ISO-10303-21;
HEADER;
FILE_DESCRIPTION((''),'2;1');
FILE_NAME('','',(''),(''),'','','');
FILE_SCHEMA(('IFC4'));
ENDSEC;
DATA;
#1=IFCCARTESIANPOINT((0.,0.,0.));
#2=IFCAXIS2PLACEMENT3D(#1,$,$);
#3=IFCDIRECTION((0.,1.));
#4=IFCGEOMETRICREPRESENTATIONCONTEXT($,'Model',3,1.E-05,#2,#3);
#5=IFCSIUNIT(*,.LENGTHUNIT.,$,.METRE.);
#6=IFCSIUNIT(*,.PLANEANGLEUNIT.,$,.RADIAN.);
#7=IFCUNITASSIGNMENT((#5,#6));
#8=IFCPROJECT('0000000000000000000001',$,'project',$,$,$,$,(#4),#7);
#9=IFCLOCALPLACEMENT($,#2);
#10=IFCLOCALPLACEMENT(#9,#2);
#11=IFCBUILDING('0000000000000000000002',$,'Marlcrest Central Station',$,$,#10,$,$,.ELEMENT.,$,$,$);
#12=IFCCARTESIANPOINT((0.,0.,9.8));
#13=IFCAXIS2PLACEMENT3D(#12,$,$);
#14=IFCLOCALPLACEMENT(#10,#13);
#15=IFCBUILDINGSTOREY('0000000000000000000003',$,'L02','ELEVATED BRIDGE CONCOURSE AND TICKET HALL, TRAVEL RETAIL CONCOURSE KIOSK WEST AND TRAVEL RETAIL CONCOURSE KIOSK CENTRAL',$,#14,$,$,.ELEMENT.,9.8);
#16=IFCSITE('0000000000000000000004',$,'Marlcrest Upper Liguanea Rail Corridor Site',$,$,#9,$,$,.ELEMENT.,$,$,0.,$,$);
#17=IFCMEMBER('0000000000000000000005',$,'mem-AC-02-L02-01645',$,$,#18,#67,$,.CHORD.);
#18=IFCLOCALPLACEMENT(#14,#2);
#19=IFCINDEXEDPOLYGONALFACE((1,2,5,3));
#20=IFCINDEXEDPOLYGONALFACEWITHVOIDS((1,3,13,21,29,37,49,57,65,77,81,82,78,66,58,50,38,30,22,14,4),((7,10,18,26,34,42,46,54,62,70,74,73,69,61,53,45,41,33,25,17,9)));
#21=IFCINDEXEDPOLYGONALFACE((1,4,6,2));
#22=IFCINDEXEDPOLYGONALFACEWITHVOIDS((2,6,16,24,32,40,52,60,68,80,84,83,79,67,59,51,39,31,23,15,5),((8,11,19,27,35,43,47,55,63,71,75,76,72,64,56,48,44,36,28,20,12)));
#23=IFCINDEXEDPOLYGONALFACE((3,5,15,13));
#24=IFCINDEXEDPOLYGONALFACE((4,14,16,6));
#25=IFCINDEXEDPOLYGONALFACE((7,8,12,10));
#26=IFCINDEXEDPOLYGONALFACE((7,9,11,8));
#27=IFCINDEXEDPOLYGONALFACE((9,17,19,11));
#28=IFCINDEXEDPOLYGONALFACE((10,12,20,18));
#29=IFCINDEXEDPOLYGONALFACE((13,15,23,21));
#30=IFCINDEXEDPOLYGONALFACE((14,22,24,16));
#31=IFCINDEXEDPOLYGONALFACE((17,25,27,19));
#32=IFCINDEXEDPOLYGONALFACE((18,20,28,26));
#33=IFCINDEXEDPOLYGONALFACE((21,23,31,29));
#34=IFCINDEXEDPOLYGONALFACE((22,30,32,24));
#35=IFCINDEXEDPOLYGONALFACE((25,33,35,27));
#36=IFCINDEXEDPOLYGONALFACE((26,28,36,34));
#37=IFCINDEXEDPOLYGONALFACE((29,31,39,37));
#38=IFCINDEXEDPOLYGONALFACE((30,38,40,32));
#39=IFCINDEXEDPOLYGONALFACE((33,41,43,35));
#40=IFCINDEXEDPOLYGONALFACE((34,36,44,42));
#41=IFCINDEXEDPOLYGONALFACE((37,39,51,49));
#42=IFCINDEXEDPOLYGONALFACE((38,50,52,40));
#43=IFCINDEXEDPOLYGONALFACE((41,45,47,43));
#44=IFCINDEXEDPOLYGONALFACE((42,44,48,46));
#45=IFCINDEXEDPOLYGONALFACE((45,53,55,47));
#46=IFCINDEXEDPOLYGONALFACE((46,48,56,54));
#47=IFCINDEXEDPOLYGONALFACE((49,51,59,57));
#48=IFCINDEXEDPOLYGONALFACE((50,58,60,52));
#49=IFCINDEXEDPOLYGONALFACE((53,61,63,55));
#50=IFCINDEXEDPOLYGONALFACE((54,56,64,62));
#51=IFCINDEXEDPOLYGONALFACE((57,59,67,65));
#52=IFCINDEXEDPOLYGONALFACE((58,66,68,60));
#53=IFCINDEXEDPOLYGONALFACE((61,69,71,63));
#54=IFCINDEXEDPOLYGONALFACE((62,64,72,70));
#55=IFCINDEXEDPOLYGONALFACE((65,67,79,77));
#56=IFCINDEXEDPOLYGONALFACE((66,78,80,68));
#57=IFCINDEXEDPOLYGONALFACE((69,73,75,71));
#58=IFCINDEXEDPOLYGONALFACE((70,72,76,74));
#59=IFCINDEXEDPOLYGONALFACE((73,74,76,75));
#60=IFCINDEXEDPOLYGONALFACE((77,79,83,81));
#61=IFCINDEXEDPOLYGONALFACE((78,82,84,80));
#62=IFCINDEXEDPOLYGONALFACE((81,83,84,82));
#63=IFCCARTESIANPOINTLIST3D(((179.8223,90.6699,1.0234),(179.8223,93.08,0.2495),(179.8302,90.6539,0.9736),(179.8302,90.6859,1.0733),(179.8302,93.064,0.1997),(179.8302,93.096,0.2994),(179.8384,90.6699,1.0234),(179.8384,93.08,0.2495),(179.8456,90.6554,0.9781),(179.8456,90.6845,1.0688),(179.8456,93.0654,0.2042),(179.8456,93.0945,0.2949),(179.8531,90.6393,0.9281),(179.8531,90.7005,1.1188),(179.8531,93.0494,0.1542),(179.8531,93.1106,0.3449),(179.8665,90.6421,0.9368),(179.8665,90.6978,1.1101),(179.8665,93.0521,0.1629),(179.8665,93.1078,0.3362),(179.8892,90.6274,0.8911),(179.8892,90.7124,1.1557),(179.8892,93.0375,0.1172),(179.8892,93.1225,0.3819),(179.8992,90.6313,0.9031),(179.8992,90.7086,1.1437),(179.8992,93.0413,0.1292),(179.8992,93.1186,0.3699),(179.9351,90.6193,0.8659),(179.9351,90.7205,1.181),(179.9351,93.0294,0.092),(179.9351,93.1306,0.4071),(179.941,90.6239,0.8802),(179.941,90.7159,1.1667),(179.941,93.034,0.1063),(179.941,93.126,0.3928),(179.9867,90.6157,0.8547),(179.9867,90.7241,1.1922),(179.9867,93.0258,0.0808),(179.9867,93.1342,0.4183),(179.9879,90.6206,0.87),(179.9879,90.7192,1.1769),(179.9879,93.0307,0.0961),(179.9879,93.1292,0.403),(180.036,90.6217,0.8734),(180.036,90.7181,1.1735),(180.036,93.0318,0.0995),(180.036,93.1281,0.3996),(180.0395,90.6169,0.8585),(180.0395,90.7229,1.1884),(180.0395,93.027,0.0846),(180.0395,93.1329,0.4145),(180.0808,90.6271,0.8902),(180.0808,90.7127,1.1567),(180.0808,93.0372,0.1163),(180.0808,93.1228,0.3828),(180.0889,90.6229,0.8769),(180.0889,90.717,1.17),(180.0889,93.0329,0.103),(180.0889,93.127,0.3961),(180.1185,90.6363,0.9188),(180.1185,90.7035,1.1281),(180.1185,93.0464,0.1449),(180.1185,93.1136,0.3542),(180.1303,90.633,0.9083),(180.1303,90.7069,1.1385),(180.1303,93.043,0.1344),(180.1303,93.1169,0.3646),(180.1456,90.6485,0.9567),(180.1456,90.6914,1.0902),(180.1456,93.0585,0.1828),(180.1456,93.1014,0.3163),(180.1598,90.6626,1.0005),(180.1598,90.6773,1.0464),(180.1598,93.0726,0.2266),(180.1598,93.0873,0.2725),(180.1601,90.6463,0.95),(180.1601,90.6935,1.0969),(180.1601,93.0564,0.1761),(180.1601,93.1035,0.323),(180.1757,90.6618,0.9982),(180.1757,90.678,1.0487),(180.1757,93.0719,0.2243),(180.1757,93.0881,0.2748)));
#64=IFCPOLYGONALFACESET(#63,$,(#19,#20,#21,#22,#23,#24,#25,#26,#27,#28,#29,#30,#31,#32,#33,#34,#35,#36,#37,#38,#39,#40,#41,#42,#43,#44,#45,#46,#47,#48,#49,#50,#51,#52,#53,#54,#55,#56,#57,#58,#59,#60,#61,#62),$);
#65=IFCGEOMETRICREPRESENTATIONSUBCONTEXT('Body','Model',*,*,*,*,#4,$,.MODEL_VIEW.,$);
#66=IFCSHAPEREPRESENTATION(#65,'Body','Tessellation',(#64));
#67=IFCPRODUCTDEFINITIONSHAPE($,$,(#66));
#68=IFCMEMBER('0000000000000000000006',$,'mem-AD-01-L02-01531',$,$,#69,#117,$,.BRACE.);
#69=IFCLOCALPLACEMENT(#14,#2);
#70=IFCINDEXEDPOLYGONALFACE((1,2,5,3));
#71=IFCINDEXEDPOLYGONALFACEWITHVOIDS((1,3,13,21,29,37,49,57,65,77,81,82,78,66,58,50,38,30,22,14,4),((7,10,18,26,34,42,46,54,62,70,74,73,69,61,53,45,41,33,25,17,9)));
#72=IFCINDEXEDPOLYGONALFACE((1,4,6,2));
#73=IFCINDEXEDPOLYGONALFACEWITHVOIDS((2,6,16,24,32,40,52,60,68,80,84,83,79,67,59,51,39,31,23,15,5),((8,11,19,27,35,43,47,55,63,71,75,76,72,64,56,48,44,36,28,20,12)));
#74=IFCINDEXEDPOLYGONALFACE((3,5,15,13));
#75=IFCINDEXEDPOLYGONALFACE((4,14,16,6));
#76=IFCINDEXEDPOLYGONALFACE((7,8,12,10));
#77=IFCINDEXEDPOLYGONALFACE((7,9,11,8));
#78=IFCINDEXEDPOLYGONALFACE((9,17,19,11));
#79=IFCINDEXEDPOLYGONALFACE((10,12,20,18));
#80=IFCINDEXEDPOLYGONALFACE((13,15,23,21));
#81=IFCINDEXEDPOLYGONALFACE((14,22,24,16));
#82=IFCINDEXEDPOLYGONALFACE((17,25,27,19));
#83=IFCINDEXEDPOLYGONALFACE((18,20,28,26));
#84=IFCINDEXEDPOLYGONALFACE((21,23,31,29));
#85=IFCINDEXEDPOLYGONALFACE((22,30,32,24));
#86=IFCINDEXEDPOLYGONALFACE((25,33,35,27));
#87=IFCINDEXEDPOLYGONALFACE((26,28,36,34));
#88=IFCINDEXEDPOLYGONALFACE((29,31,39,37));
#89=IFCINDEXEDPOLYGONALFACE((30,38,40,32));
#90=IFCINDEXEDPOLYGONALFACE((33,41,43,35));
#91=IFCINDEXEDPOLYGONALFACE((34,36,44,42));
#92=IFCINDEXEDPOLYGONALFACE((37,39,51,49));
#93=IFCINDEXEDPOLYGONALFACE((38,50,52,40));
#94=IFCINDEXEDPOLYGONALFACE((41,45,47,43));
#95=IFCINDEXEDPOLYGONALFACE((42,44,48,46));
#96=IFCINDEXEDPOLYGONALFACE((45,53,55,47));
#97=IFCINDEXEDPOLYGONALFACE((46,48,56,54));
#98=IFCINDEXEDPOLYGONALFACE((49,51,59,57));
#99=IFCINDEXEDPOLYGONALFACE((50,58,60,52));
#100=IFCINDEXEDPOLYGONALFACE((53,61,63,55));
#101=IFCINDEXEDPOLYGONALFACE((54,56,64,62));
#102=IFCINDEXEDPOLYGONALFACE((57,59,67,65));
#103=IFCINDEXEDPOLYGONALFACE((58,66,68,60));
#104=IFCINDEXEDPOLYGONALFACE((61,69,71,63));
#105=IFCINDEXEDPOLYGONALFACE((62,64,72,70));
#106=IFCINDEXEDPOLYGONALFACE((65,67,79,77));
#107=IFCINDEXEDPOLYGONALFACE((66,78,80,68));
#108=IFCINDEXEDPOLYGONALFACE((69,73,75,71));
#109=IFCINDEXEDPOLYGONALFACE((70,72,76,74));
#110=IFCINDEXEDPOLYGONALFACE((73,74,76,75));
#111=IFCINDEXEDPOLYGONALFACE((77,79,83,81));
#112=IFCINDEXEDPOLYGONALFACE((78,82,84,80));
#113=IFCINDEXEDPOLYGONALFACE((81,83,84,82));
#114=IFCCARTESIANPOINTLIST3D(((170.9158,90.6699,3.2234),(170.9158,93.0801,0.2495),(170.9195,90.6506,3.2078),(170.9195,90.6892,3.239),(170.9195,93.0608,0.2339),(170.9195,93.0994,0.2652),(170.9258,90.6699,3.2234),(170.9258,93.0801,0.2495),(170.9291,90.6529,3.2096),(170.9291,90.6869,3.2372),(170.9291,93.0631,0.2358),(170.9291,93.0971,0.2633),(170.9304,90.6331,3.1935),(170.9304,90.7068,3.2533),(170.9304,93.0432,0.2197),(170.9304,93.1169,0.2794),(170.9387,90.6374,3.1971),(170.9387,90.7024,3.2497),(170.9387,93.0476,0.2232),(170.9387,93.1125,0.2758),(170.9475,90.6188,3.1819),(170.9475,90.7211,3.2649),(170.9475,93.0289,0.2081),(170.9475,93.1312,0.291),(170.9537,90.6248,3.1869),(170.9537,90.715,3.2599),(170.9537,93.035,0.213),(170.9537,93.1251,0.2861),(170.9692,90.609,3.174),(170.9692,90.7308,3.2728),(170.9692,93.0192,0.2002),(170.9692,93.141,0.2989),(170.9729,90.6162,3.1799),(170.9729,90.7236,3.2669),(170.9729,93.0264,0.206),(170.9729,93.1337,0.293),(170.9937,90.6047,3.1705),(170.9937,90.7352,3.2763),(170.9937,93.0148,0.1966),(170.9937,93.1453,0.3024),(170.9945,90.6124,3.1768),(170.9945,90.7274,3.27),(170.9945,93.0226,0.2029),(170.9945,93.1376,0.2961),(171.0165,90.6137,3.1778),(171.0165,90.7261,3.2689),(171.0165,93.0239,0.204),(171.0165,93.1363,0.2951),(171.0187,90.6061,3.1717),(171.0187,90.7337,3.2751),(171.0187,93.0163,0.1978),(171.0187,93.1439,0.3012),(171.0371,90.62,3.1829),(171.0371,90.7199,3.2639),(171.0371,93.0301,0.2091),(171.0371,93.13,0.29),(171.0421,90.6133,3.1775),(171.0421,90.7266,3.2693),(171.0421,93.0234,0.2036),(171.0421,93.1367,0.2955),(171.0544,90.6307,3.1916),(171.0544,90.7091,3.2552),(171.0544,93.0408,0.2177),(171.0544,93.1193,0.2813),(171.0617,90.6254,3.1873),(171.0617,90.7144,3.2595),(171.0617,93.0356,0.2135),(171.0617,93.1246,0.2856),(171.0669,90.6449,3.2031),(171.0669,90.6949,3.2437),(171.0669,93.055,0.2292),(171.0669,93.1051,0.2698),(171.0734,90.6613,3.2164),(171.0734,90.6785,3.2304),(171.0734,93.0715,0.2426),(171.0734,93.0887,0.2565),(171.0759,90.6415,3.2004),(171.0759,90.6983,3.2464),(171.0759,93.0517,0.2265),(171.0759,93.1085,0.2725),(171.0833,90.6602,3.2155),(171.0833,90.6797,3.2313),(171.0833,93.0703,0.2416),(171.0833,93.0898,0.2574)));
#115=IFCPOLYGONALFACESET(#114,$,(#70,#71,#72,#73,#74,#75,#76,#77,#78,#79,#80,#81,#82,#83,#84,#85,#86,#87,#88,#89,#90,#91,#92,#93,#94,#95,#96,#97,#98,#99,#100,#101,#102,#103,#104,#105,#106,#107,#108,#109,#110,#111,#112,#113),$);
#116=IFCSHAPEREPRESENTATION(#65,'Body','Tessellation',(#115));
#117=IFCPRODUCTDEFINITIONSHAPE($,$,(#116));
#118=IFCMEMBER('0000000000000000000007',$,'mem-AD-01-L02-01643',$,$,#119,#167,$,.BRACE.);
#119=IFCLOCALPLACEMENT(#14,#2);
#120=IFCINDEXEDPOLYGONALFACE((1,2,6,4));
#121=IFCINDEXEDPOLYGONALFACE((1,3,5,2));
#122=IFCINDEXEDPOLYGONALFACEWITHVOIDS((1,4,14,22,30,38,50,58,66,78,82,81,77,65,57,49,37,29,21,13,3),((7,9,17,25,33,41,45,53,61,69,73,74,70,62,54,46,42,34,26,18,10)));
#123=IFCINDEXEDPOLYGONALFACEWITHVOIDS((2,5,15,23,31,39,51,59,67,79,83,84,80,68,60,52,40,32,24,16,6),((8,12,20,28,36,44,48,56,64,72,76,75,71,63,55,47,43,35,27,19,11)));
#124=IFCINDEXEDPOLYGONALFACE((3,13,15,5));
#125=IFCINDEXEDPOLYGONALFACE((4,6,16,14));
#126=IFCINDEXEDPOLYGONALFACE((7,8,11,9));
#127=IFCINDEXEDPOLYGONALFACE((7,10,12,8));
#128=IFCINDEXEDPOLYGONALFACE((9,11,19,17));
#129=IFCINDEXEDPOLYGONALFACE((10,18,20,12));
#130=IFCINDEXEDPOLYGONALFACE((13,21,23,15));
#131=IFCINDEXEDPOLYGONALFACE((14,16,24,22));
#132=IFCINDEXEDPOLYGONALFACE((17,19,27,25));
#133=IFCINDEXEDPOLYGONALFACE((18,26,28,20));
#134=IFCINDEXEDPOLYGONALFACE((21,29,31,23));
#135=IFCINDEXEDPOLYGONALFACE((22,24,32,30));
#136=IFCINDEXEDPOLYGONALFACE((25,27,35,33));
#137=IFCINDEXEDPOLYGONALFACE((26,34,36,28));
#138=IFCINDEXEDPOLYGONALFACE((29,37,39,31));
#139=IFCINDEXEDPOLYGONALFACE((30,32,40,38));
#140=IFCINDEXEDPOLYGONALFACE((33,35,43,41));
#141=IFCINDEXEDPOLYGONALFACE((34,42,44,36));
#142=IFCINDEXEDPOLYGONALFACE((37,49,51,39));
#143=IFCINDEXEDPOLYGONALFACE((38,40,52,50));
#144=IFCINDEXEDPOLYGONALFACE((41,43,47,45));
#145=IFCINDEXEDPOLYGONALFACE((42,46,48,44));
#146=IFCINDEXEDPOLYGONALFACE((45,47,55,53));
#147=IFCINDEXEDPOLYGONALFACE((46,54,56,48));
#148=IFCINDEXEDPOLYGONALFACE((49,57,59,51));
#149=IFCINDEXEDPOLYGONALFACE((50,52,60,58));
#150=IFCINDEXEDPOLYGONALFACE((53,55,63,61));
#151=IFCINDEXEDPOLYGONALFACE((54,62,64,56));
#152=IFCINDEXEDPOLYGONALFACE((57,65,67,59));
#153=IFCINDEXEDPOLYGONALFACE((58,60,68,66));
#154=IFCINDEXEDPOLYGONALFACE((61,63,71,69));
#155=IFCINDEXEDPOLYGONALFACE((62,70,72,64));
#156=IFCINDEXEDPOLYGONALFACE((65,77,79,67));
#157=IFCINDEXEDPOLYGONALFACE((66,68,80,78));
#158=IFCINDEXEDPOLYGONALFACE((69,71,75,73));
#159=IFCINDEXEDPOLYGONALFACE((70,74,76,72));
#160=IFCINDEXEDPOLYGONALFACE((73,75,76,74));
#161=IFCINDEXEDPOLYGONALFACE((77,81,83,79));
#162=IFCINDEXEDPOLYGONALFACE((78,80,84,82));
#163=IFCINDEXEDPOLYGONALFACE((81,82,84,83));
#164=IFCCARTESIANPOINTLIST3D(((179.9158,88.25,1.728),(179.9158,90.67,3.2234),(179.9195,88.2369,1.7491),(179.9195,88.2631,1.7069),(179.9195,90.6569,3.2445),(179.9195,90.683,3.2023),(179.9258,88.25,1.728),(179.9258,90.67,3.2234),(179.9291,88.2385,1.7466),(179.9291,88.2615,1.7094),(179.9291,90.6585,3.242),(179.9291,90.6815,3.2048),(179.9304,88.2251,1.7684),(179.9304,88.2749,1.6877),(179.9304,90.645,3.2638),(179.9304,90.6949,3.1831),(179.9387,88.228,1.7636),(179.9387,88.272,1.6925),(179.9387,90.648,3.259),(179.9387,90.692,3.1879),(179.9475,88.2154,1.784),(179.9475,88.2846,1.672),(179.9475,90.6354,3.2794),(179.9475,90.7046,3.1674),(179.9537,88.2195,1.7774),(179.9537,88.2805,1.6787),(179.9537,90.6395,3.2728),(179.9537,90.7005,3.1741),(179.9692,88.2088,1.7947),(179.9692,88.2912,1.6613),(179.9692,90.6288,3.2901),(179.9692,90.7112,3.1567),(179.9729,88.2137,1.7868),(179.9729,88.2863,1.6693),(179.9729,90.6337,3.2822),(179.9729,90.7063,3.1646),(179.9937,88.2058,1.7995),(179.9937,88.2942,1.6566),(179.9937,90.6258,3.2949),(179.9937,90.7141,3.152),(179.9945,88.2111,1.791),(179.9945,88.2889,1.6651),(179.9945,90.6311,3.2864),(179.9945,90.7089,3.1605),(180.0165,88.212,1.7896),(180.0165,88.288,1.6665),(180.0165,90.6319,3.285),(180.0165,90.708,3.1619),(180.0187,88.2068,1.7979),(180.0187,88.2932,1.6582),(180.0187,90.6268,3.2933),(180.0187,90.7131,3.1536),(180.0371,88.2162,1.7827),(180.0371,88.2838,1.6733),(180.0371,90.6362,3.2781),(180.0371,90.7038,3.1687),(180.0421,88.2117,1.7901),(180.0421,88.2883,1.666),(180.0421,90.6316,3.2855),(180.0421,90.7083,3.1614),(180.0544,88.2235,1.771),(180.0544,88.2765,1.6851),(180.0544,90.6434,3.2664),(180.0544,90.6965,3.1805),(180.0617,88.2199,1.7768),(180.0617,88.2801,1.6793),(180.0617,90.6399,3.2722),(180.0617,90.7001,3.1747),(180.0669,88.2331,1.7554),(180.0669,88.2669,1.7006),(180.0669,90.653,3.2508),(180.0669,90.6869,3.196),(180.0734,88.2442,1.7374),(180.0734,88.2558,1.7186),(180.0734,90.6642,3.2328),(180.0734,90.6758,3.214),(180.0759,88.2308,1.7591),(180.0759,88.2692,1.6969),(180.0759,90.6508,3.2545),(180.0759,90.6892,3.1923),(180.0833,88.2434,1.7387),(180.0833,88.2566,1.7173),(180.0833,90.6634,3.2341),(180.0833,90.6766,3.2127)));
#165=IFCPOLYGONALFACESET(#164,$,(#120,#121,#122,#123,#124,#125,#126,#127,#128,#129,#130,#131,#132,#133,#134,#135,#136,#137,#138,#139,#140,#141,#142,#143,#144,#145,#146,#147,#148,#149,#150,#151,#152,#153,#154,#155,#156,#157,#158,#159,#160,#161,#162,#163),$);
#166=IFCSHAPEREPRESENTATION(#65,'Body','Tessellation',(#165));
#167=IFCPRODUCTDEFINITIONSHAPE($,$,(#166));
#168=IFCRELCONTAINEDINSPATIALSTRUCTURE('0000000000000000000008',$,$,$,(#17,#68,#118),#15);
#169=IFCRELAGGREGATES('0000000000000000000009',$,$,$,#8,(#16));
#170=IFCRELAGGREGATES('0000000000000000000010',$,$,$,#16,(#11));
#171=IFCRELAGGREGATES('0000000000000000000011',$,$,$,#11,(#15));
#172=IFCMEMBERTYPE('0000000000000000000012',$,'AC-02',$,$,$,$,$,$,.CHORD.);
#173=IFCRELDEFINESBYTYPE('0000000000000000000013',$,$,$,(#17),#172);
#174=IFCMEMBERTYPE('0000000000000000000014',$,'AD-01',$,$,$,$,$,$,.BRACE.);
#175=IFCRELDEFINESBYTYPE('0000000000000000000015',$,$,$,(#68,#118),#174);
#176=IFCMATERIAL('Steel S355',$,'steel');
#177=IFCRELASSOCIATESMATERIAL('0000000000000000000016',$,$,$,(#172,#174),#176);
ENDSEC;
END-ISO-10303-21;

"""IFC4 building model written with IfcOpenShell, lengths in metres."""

from ifc_helpers import new_model, si_unit, direction, frame, origin, origin_2d, place, context, subcontext, project, spatial, hollow_circle, extrude, material, material_profile, profile_set, type_object, element, save


model = new_model("IFC4")

# Units and contexts
model_context = context("Model", 3, precision=1e-05, world=origin(), true_north=direction((0.0, 1.0)))
body_context = subcontext(model_context, "Body", "Model", "MODEL_VIEW")
ifc_project = project(units=[si_unit("LENGTHUNIT", "METRE"), si_unit("PLANEANGLEUNIT", "RADIAN")], contexts=[model_context])

# Site, building, storey
site_placement = place(None, origin())
site = spatial("IfcSite", under=ifc_project, at=site_placement, Name="Marlcrest Upper Liguanea Rail Corridor Site", CompositionType="ELEMENT", RefElevation=0.0)
building_placement = place(site_placement, origin())
building = spatial("IfcBuilding", under=site, at=building_placement, Name="Marlcrest Central Station", CompositionType="ELEMENT")
storey_placement = place(building_placement, frame((0.0, 0.0, 9.8)))
storey = spatial("IfcBuildingStorey", under=building, at=storey_placement, Name="L02", Description="ELEVATED BRIDGE CONCOURSE AND TICKET HALL, TRAVEL RETAIL CONCOURSE KIOSK WEST AND TRAVEL RETAIL CONCOURSE KIOSK CENTRAL", CompositionType="ELEMENT", Elevation=9.8)

# Members
ifc_material_1 = material(Name="Steel S355", Category="steel")
ifc_material_profile_1 = material_profile(ifc_material_1, hollow_circle(Radius=0.1777, WallThickness=0.0161, at=origin_2d()), Name="CHS 355.6x16")
ifc_profile_set_1 = profile_set([ifc_material_profile_1], Name="Steel S355")
member_type_1 = type_object("IfcMemberType", Name="AC-02", PredefinedType="CHORD", material=ifc_profile_set_1)
for number, where, z_axis, x_axis, name in (
    (1, (180.0, 90.6699, 1.0234), (0.0, 0.952117, -0.305734), (-1.0, 0.0, 0.0), "mem-AC-02-L02-01645"),
):
    element("IfcMember", number, at=place(storey_placement, frame(where, z_axis=z_axis, x_axis=x_axis)), inside=storey, type_object=member_type_1, Name=name, PredefinedType="CHORD", context=body_context, shape_type="SweptSolid", body=[
        extrude(hollow_circle(Radius=0.1777, WallThickness=0.0161, at=origin_2d()), origin(), (0.0, 0.0, 1.0), 2.5312),
    ])
ifc_material_profile_2 = material_profile(ifc_material_1, hollow_circle(Radius=0.0842, WallThickness=0.01, at=origin_2d()), Name="CHS 168.3x10")
ifc_profile_set_2 = profile_set([ifc_material_profile_2], Name="Steel S355")
member_type_2 = type_object("IfcMemberType", Name="AD-01", PredefinedType="BRACE", material=ifc_profile_set_2)
member_1_placement = place(storey_placement, frame((171.0, 90.6699, 3.2234), z_axis=(0.0, 0.629629, -0.776896), x_axis=(-1.0, 0.0, 0.0)))
element("IfcMember", 2, at=member_1_placement, inside=storey, type_object=member_type_2, Name="mem-AD-01-L02-01531", PredefinedType="BRACE", context=body_context, shape_type="SweptSolid", body=[
    extrude(hollow_circle(Radius=0.0842, WallThickness=0.01, at=origin_2d()), origin(), (0.0, 0.0, 1.0), 3.8279),
])
member_2_placement = place(storey_placement, frame((180.0, 88.25, 1.728), z_axis=(0.0, 0.850687, 0.525672), x_axis=(-1.0, 0.0, 0.0)))
element("IfcMember", 3, at=member_2_placement, inside=storey, type_object=member_type_2, Name="mem-AD-01-L02-01643", PredefinedType="BRACE", context=body_context, shape_type="SweptSolid", body=[
    extrude(hollow_circle(Radius=0.0842, WallThickness=0.01, at=origin_2d()), origin(), (0.0, 0.0, 1.0), 2.8447),
])

save(model, "model.ifc")
